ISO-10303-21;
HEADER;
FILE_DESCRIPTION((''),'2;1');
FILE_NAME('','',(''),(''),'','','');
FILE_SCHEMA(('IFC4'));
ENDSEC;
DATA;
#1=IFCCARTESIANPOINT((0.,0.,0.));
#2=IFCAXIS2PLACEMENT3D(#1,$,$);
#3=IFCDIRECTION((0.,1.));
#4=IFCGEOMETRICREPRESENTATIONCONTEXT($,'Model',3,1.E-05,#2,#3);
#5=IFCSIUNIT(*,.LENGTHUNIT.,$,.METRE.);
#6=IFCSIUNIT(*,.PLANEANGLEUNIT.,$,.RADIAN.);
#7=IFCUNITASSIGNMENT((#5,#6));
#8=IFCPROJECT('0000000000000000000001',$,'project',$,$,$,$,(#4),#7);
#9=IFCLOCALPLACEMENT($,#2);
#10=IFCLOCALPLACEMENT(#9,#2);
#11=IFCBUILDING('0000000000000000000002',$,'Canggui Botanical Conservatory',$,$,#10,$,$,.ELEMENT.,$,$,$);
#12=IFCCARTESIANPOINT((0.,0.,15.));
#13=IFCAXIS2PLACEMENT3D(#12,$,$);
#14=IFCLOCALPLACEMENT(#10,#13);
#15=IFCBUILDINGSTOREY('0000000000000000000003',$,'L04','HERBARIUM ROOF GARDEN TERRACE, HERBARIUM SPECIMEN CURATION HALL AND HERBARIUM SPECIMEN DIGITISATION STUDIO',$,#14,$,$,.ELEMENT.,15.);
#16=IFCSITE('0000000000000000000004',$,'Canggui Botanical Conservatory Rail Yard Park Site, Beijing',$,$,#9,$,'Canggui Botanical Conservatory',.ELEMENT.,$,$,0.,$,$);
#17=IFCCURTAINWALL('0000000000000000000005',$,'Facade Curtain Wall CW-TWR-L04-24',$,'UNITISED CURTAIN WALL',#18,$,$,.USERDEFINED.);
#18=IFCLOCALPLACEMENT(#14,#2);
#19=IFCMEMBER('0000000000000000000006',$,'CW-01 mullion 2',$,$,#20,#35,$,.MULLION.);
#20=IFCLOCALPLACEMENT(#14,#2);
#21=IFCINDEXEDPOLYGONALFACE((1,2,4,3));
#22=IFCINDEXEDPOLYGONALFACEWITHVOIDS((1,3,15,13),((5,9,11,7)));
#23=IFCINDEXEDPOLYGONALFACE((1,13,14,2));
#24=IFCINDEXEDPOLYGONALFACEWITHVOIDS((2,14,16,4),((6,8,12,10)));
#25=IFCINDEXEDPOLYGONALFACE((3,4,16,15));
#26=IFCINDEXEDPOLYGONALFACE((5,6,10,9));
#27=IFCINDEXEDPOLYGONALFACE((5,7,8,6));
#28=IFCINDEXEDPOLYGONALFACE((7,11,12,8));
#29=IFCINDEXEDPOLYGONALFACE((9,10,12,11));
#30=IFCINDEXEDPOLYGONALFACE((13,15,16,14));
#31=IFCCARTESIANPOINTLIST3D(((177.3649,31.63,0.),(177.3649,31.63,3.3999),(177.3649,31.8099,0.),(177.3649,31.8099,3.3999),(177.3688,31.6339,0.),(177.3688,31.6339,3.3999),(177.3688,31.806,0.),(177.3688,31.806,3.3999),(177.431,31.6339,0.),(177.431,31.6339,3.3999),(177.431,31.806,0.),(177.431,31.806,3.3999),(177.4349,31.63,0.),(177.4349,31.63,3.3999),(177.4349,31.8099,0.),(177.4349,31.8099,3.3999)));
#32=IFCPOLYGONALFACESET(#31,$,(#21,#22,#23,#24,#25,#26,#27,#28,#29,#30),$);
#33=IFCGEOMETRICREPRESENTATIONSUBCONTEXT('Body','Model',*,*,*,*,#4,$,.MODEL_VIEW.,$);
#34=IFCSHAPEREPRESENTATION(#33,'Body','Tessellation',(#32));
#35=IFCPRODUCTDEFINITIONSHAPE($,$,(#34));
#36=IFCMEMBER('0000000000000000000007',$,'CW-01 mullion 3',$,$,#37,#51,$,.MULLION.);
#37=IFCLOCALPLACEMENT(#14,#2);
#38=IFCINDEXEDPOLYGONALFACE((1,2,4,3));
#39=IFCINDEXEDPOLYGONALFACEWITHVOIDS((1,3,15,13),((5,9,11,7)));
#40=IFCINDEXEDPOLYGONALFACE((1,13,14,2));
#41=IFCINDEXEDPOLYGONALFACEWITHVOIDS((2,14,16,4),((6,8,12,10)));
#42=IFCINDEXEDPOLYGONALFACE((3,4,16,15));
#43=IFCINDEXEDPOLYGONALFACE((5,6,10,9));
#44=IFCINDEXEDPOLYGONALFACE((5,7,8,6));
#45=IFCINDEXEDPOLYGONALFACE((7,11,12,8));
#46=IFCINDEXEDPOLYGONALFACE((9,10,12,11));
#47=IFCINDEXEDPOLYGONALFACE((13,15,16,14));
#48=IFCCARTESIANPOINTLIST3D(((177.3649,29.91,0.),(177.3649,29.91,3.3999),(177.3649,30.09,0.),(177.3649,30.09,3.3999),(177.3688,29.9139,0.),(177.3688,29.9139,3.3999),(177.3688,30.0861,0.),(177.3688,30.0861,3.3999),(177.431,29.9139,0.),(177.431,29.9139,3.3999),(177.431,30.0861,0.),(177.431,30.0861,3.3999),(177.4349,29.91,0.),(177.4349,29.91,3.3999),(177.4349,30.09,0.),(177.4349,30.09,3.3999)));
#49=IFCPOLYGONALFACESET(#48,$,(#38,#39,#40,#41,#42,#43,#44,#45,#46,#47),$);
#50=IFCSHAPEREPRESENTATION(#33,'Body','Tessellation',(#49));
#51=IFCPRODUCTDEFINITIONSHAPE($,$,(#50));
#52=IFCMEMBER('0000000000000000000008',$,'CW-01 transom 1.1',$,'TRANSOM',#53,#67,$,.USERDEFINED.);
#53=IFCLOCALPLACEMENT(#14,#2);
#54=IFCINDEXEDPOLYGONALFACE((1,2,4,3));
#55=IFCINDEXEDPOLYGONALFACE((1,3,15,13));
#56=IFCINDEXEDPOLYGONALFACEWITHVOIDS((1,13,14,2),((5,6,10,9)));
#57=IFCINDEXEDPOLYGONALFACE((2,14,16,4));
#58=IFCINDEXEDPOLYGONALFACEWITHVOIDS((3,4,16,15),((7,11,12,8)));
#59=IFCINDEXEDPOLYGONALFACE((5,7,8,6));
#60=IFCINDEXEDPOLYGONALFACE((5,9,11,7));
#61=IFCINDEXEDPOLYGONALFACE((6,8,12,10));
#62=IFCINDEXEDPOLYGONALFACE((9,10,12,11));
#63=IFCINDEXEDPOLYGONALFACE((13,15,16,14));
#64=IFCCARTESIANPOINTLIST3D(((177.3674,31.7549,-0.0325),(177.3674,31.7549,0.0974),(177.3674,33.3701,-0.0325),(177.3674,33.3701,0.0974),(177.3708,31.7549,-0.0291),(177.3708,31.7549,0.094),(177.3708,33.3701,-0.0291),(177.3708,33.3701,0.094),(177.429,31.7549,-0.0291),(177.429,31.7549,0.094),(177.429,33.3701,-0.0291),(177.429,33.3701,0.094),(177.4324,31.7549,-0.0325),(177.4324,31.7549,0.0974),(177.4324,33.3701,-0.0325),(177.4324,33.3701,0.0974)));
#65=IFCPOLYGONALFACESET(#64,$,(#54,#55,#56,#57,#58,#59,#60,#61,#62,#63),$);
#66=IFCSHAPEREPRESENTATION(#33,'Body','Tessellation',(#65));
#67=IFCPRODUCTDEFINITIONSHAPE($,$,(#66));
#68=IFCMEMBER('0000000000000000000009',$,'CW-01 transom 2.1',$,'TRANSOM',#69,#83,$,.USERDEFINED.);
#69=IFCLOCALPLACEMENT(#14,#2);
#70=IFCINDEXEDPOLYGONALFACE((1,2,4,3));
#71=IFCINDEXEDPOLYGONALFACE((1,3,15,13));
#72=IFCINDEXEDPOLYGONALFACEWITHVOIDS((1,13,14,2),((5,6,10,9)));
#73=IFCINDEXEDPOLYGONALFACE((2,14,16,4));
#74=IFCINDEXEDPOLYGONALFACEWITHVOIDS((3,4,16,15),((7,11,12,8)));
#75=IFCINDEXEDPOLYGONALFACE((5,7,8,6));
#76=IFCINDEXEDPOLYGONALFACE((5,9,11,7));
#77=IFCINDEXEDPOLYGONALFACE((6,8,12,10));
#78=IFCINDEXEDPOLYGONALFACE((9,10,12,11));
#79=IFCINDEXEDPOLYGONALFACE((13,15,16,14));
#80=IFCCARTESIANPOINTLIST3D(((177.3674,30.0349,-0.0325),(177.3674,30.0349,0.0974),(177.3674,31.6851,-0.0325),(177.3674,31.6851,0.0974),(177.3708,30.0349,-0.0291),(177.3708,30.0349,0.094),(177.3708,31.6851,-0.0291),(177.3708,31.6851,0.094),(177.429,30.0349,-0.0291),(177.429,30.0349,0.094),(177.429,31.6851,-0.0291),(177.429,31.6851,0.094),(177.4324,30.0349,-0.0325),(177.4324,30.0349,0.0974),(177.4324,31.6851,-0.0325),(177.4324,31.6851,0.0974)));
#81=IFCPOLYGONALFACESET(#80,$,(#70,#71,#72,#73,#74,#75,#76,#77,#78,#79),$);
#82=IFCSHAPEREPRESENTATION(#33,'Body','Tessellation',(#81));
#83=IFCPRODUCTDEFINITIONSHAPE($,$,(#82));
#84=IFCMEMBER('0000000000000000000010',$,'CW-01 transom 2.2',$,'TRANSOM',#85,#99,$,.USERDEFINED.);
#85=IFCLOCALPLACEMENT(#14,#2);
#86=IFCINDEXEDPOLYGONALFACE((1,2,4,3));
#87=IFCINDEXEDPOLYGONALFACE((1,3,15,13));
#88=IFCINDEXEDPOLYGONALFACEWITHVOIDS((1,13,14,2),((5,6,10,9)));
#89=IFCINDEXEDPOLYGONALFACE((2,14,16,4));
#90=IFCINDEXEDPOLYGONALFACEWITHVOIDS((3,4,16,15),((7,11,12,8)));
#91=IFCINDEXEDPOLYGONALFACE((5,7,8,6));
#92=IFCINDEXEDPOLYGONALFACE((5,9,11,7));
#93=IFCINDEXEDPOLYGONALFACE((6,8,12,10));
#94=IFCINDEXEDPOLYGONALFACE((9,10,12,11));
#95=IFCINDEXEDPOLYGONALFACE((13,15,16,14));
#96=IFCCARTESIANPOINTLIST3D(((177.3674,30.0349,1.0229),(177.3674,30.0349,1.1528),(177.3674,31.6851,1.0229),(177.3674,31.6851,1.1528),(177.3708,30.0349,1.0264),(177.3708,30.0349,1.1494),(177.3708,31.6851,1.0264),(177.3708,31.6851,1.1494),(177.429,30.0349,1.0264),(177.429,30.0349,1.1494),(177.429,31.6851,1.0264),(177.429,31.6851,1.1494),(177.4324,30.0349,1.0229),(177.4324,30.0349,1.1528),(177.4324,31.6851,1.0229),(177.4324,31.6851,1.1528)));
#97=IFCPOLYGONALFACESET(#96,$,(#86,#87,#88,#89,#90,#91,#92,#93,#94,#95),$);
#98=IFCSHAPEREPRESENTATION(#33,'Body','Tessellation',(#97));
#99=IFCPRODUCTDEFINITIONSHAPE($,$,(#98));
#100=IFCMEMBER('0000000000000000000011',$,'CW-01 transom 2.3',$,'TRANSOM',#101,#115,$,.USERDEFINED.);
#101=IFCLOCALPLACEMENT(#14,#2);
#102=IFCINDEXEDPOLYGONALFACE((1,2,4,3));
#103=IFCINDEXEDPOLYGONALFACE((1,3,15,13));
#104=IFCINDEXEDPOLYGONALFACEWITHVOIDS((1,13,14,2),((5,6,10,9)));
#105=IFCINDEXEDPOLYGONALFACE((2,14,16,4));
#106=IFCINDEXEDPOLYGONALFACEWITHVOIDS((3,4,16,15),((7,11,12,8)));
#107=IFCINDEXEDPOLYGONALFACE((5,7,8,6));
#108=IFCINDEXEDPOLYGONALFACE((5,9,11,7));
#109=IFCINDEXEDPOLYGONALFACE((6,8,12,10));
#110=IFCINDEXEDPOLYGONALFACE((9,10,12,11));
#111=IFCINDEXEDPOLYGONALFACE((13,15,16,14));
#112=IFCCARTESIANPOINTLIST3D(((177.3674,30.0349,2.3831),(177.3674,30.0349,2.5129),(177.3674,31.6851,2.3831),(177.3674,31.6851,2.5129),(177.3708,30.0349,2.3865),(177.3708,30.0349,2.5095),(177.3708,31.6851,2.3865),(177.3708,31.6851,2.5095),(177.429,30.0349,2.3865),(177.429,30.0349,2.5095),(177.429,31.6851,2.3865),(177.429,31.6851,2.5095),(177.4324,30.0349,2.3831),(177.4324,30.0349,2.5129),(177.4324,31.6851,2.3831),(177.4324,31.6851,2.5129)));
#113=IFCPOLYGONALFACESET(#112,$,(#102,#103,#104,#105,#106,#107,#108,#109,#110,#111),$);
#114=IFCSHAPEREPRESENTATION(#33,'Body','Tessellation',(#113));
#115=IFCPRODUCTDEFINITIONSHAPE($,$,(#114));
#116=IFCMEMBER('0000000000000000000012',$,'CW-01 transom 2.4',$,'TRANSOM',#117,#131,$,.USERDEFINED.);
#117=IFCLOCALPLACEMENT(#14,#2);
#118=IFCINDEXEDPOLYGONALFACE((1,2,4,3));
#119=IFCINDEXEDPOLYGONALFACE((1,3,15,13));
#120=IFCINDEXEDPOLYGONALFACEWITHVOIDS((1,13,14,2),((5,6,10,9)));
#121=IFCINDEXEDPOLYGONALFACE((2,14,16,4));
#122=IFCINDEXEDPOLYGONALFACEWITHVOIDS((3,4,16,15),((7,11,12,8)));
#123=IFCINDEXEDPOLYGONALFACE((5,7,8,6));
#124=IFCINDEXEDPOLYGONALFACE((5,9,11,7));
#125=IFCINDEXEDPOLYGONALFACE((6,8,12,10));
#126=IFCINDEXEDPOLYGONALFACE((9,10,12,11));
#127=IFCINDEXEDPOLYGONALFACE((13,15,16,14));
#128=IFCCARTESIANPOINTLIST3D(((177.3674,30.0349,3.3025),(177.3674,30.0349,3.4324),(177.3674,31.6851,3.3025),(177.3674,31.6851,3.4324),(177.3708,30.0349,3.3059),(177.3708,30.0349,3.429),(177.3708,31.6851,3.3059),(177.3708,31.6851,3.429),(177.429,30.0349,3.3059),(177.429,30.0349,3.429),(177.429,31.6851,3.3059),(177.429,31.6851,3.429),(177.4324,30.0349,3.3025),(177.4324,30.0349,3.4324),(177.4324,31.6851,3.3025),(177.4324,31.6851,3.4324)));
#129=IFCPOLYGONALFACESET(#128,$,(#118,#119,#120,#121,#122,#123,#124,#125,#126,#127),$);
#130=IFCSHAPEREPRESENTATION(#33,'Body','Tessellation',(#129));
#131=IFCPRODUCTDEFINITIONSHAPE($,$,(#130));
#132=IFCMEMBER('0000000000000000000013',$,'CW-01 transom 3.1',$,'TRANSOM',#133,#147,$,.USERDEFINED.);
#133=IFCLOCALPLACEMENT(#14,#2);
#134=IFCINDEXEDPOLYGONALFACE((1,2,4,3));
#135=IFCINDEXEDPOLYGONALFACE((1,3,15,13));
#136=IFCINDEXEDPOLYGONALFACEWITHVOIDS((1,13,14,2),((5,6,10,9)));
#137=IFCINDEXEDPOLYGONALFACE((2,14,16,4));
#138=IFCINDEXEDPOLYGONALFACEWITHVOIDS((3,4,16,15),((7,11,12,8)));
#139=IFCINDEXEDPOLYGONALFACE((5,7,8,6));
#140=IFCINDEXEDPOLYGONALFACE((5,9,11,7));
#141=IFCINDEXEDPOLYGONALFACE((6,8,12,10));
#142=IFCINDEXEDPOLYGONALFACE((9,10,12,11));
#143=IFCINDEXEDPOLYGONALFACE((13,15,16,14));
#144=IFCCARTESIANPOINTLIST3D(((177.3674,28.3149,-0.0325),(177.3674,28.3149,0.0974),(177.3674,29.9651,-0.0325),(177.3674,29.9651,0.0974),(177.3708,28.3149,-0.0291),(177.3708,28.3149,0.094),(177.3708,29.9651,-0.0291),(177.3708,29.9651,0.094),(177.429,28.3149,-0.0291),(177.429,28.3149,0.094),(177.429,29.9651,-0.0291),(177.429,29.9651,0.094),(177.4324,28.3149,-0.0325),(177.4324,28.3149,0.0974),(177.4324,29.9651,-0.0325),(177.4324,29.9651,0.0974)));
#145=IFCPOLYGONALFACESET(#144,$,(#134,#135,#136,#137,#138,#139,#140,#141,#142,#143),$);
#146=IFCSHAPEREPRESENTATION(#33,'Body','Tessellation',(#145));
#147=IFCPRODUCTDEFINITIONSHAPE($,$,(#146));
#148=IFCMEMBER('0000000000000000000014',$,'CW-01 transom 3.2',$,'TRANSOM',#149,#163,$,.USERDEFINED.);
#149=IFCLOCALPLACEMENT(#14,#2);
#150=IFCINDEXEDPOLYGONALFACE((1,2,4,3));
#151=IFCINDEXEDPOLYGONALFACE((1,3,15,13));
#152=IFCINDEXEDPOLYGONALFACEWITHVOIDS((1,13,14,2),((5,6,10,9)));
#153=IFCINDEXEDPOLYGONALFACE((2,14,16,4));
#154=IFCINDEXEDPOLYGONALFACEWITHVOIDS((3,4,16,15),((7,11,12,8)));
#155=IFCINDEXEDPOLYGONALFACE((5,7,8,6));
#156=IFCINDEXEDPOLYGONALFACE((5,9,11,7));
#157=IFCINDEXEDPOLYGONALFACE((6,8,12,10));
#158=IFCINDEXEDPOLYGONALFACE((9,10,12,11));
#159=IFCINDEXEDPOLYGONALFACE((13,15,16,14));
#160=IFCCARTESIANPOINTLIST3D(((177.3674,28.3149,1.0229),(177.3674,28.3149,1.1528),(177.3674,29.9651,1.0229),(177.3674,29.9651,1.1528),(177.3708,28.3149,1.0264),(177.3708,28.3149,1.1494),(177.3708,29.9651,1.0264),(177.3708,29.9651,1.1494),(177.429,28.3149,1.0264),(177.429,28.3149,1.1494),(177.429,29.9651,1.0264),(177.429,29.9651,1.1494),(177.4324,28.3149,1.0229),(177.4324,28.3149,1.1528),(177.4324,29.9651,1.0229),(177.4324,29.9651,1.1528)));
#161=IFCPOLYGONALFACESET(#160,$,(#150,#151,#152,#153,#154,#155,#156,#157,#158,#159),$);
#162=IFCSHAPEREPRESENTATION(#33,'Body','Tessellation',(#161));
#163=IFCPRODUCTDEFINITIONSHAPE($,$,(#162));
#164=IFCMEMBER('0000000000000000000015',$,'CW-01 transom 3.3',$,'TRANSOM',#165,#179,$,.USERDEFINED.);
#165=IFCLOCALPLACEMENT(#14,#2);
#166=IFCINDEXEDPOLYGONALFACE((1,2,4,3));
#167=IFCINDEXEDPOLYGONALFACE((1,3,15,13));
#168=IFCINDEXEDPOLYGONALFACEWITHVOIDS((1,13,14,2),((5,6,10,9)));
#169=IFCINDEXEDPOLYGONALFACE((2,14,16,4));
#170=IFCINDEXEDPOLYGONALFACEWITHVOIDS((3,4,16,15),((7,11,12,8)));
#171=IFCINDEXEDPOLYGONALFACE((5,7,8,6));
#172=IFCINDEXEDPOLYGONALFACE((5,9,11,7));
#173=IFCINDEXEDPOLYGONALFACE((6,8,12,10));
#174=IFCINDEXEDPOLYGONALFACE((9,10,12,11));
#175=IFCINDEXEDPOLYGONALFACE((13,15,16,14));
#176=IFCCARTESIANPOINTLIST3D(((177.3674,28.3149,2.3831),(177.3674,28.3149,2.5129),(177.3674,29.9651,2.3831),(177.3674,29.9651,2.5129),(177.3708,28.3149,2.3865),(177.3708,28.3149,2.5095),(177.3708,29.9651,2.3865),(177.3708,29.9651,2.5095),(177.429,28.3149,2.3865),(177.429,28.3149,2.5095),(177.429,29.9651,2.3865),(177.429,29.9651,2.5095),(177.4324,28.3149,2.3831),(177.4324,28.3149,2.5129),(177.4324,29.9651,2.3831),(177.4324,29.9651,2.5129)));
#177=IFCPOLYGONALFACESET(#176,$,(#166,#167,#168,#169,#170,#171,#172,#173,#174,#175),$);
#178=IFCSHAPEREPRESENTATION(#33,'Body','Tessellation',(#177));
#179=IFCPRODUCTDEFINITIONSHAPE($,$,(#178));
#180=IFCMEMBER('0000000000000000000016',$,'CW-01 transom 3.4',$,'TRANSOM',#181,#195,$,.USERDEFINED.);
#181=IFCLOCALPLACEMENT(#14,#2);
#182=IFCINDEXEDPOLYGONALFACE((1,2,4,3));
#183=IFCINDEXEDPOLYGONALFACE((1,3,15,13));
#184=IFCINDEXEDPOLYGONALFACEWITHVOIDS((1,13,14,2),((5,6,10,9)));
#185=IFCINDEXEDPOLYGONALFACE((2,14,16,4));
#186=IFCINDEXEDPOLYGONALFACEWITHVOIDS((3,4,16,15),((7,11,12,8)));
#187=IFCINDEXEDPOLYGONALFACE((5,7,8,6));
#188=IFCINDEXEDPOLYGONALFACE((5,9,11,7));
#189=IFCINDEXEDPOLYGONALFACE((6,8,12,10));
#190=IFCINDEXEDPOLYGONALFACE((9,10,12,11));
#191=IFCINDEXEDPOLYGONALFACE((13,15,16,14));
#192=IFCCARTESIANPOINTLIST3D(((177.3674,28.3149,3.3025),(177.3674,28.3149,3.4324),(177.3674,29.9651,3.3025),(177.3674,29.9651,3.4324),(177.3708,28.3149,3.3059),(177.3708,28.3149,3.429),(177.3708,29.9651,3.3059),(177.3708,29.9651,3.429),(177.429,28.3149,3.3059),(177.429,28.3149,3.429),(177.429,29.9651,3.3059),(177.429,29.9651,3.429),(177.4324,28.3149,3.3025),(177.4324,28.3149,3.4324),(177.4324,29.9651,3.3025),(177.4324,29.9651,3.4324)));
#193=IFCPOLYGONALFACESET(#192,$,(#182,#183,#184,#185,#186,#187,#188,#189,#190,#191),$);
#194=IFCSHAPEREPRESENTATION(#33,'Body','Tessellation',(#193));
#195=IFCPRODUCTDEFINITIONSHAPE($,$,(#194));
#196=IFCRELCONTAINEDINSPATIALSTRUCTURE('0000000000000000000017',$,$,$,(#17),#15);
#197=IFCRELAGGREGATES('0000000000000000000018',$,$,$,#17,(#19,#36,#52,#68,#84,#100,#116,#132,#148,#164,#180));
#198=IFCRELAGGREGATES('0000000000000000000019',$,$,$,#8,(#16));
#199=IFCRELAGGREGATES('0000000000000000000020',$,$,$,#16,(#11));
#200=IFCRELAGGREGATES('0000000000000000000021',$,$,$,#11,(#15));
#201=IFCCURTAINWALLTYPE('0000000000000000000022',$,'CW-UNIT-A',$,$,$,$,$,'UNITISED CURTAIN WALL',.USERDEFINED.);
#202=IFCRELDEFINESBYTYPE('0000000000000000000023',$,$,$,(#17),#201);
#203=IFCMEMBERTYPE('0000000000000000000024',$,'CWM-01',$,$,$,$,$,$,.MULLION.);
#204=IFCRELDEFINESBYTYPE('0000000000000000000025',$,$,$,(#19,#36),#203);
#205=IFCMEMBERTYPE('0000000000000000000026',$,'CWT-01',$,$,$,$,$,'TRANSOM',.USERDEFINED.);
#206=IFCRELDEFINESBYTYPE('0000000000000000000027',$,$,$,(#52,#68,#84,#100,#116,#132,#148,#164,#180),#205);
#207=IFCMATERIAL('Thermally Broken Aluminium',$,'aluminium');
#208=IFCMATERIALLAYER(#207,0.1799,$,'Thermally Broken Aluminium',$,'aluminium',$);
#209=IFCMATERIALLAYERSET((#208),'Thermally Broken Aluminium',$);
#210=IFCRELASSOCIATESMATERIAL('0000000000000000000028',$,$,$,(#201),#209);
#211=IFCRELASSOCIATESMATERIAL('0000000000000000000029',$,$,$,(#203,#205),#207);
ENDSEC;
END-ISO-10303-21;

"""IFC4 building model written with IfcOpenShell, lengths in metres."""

from ifc_helpers import new_model, si_unit, direction, frame, origin, origin_2d, place, context, subcontext, project, spatial, hollow_rectangle, extrude, material, layer, layer_set, material_profile, profile_set, type_object, element, aggregate, save


model = new_model("IFC4")

# Units and contexts
model_context = context("Model", 3, precision=1e-05, world=origin(), true_north=direction((0.0, 1.0)))
body_context = subcontext(model_context, "Body", "Model", "MODEL_VIEW")
ifc_project = project(units=[si_unit("LENGTHUNIT", "METRE"), si_unit("PLANEANGLEUNIT", "RADIAN")], contexts=[model_context])

# Site, building, storey
site_placement = place(None, origin())
site = spatial("IfcSite", under=ifc_project, at=site_placement, Name="Canggui Botanical Conservatory Rail Yard Park Site, Beijing", LongName="Canggui Botanical Conservatory", CompositionType="ELEMENT", RefElevation=0.0)
building_placement = place(site_placement, origin())
building = spatial("IfcBuilding", under=site, at=building_placement, Name="Canggui Botanical Conservatory", CompositionType="ELEMENT")
storey_placement = place(building_placement, frame((0.0, 0.0, 15.0)))
storey = spatial("IfcBuildingStorey", under=building, at=storey_placement, Name="L04", Description="HERBARIUM ROOF GARDEN TERRACE, HERBARIUM SPECIMEN CURATION HALL AND HERBARIUM SPECIMEN DIGITISATION STUDIO", CompositionType="ELEMENT", Elevation=15.0)

# Curtain wall, members
ifc_material_1 = material(Name="Thermally Broken Aluminium", Category="aluminium")
ifc_layer_1 = layer(ifc_material_1, 0.1799, Name="Thermally Broken Aluminium", Category="aluminium")
ifc_layer_set_1 = layer_set([ifc_layer_1], Name="Thermally Broken Aluminium")
curtain_wall_type = type_object("IfcCurtainWallType", Name="CW-UNIT-A", ElementType="UNITISED CURTAIN WALL", PredefinedType="USERDEFINED", material=ifc_layer_set_1)
curtain_wall_placement = place(storey_placement, origin())
curtain_wall = element("IfcCurtainWall", 1, at=curtain_wall_placement, inside=storey, type_object=curtain_wall_type, Name="Facade Curtain Wall CW-TWR-L04-24", ObjectType="UNITISED CURTAIN WALL", PredefinedType="USERDEFINED")
ifc_material_profile_1 = material_profile(ifc_material_1, hollow_rectangle(XDim=0.0701, YDim=0.1799, WallThickness=0.0039, at=origin_2d()), Name="CWM 70x180x4")
ifc_profile_set_1 = profile_set([ifc_material_profile_1], Name="Thermally Broken Aluminium")
member_type_1 = type_object("IfcMemberType", Name="CWM-01", PredefinedType="MULLION", material=ifc_profile_set_1)
member_1_placement = place(storey_placement, frame((177.3999, 31.72, 0.0), z_axis=(0.0, 0.0, 1.0), x_axis=(1.0, 0.0, 0.0)))
member_1 = element("IfcMember", 2, at=member_1_placement, type_object=member_type_1, Name="CW-01 mullion 2", PredefinedType="MULLION", context=body_context, shape_type="SweptSolid", body=[
    extrude(hollow_rectangle(XDim=0.0701, YDim=0.1799, WallThickness=0.0039, at=origin_2d()), origin(), (0.0, 0.0, 1.0), 3.3999),
])
member_2_placement = place(storey_placement, frame((177.3999, 30.0, 0.0), z_axis=(0.0, 0.0, 1.0), x_axis=(1.0, 0.0, 0.0)))
member_2 = element("IfcMember", 3, at=member_2_placement, type_object=member_type_1, Name="CW-01 mullion 3", PredefinedType="MULLION", context=body_context, shape_type="SweptSolid", body=[
    extrude(hollow_rectangle(XDim=0.0701, YDim=0.1799, WallThickness=0.0039, at=origin_2d()), origin(), (0.0, 0.0, 1.0), 3.3999),
])
ifc_material_profile_2 = material_profile(ifc_material_1, hollow_rectangle(XDim=0.0649, YDim=0.1299, WallThickness=0.0034, at=origin_2d()), Name="CWT 65x130x3.5")
ifc_profile_set_2 = profile_set([ifc_material_profile_2], Name="Thermally Broken Aluminium")
member_type_2 = type_object("IfcMemberType", Name="CWT-01", ElementType="TRANSOM", PredefinedType="USERDEFINED", material=ifc_profile_set_2)
member_3_placement = place(storey_placement, frame((177.3999, 33.3701, 0.0325), z_axis=(0.0, -1.0, 0.0), x_axis=(1.0, 0.0, 0.0)))
member_3 = element("IfcMember", 4, at=member_3_placement, type_object=member_type_2, Name="CW-01 transom 1.1", ObjectType="TRANSOM", PredefinedType="USERDEFINED", context=body_context, shape_type="SweptSolid", body=[
    extrude(hollow_rectangle(XDim=0.0649, YDim=0.1299, WallThickness=0.0034, at=origin_2d()), origin(), (0.0, 0.0, 1.0), 1.6152),
])
member_4_placement = place(storey_placement, frame((177.3999, 31.6851, 0.0325), z_axis=(0.0, -1.0, 0.0), x_axis=(1.0, 0.0, 0.0)))
member_4 = element("IfcMember", 5, at=member_4_placement, type_object=member_type_2, Name="CW-01 transom 2.1", ObjectType="TRANSOM", PredefinedType="USERDEFINED", context=body_context, shape_type="SweptSolid", body=[
    extrude(hollow_rectangle(XDim=0.0649, YDim=0.1299, WallThickness=0.0034, at=origin_2d()), origin(), (0.0, 0.0, 1.0), 1.6501),
])
member_5_placement = place(storey_placement, frame((177.3999, 31.6851, 1.0879), z_axis=(0.0, -1.0, 0.0), x_axis=(1.0, 0.0, 0.0)))
member_5 = element("IfcMember", 6, at=member_5_placement, type_object=member_type_2, Name="CW-01 transom 2.2", ObjectType="TRANSOM", PredefinedType="USERDEFINED", context=body_context, shape_type="SweptSolid", body=[
    extrude(hollow_rectangle(XDim=0.0649, YDim=0.1299, WallThickness=0.0034, at=origin_2d()), origin(), (0.0, 0.0, 1.0), 1.6501),
])
member_6_placement = place(storey_placement, frame((177.3999, 31.6851, 2.448), z_axis=(0.0, -1.0, 0.0), x_axis=(1.0, 0.0, 0.0)))
member_6 = element("IfcMember", 7, at=member_6_placement, type_object=member_type_2, Name="CW-01 transom 2.3", ObjectType="TRANSOM", PredefinedType="USERDEFINED", context=body_context, shape_type="SweptSolid", body=[
    extrude(hollow_rectangle(XDim=0.0649, YDim=0.1299, WallThickness=0.0034, at=origin_2d()), origin(), (0.0, 0.0, 1.0), 1.6501),
])
member_7_placement = place(storey_placement, frame((177.3999, 31.6851, 3.3674), z_axis=(0.0, -1.0, 0.0), x_axis=(1.0, 0.0, 0.0)))
member_7 = element("IfcMember", 8, at=member_7_placement, type_object=member_type_2, Name="CW-01 transom 2.4", ObjectType="TRANSOM", PredefinedType="USERDEFINED", context=body_context, shape_type="SweptSolid", body=[
    extrude(hollow_rectangle(XDim=0.0649, YDim=0.1299, WallThickness=0.0034, at=origin_2d()), origin(), (0.0, 0.0, 1.0), 1.6501),
])
member_8_placement = place(storey_placement, frame((177.3999, 29.9651, 0.0325), z_axis=(0.0, -1.0, 0.0), x_axis=(1.0, 0.0, 0.0)))
member_8 = element("IfcMember", 9, at=member_8_placement, type_object=member_type_2, Name="CW-01 transom 3.1", ObjectType="TRANSOM", PredefinedType="USERDEFINED", context=body_context, shape_type="SweptSolid", body=[
    extrude(hollow_rectangle(XDim=0.0649, YDim=0.1299, WallThickness=0.0034, at=origin_2d()), origin(), (0.0, 0.0, 1.0), 1.6501),
])
member_9_placement = place(storey_placement, frame((177.3999, 29.9651, 1.0879), z_axis=(0.0, -1.0, 0.0), x_axis=(1.0, 0.0, 0.0)))
member_9 = element("IfcMember", 10, at=member_9_placement, type_object=member_type_2, Name="CW-01 transom 3.2", ObjectType="TRANSOM", PredefinedType="USERDEFINED", context=body_context, shape_type="SweptSolid", body=[
    extrude(hollow_rectangle(XDim=0.0649, YDim=0.1299, WallThickness=0.0034, at=origin_2d()), origin(), (0.0, 0.0, 1.0), 1.6501),
])
member_10_placement = place(storey_placement, frame((177.3999, 29.9651, 2.448), z_axis=(0.0, -1.0, 0.0), x_axis=(1.0, 0.0, 0.0)))
member_10 = element("IfcMember", 11, at=member_10_placement, type_object=member_type_2, Name="CW-01 transom 3.3", ObjectType="TRANSOM", PredefinedType="USERDEFINED", context=body_context, shape_type="SweptSolid", body=[
    extrude(hollow_rectangle(XDim=0.0649, YDim=0.1299, WallThickness=0.0034, at=origin_2d()), origin(), (0.0, 0.0, 1.0), 1.6501),
])
member_11_placement = place(storey_placement, frame((177.3999, 29.9651, 3.3674), z_axis=(0.0, -1.0, 0.0), x_axis=(1.0, 0.0, 0.0)))
member_11 = element("IfcMember", 12, at=member_11_placement, type_object=member_type_2, Name="CW-01 transom 3.4", ObjectType="TRANSOM", PredefinedType="USERDEFINED", context=body_context, shape_type="SweptSolid", body=[
    extrude(hollow_rectangle(XDim=0.0649, YDim=0.1299, WallThickness=0.0034, at=origin_2d()), origin(), (0.0, 0.0, 1.0), 1.6501),
])
aggregate(curtain_wall, [member_1, member_2, member_3, member_4, member_5, member_6, member_7, member_8, member_9, member_10, member_11])

save(model, "model.ifc")
